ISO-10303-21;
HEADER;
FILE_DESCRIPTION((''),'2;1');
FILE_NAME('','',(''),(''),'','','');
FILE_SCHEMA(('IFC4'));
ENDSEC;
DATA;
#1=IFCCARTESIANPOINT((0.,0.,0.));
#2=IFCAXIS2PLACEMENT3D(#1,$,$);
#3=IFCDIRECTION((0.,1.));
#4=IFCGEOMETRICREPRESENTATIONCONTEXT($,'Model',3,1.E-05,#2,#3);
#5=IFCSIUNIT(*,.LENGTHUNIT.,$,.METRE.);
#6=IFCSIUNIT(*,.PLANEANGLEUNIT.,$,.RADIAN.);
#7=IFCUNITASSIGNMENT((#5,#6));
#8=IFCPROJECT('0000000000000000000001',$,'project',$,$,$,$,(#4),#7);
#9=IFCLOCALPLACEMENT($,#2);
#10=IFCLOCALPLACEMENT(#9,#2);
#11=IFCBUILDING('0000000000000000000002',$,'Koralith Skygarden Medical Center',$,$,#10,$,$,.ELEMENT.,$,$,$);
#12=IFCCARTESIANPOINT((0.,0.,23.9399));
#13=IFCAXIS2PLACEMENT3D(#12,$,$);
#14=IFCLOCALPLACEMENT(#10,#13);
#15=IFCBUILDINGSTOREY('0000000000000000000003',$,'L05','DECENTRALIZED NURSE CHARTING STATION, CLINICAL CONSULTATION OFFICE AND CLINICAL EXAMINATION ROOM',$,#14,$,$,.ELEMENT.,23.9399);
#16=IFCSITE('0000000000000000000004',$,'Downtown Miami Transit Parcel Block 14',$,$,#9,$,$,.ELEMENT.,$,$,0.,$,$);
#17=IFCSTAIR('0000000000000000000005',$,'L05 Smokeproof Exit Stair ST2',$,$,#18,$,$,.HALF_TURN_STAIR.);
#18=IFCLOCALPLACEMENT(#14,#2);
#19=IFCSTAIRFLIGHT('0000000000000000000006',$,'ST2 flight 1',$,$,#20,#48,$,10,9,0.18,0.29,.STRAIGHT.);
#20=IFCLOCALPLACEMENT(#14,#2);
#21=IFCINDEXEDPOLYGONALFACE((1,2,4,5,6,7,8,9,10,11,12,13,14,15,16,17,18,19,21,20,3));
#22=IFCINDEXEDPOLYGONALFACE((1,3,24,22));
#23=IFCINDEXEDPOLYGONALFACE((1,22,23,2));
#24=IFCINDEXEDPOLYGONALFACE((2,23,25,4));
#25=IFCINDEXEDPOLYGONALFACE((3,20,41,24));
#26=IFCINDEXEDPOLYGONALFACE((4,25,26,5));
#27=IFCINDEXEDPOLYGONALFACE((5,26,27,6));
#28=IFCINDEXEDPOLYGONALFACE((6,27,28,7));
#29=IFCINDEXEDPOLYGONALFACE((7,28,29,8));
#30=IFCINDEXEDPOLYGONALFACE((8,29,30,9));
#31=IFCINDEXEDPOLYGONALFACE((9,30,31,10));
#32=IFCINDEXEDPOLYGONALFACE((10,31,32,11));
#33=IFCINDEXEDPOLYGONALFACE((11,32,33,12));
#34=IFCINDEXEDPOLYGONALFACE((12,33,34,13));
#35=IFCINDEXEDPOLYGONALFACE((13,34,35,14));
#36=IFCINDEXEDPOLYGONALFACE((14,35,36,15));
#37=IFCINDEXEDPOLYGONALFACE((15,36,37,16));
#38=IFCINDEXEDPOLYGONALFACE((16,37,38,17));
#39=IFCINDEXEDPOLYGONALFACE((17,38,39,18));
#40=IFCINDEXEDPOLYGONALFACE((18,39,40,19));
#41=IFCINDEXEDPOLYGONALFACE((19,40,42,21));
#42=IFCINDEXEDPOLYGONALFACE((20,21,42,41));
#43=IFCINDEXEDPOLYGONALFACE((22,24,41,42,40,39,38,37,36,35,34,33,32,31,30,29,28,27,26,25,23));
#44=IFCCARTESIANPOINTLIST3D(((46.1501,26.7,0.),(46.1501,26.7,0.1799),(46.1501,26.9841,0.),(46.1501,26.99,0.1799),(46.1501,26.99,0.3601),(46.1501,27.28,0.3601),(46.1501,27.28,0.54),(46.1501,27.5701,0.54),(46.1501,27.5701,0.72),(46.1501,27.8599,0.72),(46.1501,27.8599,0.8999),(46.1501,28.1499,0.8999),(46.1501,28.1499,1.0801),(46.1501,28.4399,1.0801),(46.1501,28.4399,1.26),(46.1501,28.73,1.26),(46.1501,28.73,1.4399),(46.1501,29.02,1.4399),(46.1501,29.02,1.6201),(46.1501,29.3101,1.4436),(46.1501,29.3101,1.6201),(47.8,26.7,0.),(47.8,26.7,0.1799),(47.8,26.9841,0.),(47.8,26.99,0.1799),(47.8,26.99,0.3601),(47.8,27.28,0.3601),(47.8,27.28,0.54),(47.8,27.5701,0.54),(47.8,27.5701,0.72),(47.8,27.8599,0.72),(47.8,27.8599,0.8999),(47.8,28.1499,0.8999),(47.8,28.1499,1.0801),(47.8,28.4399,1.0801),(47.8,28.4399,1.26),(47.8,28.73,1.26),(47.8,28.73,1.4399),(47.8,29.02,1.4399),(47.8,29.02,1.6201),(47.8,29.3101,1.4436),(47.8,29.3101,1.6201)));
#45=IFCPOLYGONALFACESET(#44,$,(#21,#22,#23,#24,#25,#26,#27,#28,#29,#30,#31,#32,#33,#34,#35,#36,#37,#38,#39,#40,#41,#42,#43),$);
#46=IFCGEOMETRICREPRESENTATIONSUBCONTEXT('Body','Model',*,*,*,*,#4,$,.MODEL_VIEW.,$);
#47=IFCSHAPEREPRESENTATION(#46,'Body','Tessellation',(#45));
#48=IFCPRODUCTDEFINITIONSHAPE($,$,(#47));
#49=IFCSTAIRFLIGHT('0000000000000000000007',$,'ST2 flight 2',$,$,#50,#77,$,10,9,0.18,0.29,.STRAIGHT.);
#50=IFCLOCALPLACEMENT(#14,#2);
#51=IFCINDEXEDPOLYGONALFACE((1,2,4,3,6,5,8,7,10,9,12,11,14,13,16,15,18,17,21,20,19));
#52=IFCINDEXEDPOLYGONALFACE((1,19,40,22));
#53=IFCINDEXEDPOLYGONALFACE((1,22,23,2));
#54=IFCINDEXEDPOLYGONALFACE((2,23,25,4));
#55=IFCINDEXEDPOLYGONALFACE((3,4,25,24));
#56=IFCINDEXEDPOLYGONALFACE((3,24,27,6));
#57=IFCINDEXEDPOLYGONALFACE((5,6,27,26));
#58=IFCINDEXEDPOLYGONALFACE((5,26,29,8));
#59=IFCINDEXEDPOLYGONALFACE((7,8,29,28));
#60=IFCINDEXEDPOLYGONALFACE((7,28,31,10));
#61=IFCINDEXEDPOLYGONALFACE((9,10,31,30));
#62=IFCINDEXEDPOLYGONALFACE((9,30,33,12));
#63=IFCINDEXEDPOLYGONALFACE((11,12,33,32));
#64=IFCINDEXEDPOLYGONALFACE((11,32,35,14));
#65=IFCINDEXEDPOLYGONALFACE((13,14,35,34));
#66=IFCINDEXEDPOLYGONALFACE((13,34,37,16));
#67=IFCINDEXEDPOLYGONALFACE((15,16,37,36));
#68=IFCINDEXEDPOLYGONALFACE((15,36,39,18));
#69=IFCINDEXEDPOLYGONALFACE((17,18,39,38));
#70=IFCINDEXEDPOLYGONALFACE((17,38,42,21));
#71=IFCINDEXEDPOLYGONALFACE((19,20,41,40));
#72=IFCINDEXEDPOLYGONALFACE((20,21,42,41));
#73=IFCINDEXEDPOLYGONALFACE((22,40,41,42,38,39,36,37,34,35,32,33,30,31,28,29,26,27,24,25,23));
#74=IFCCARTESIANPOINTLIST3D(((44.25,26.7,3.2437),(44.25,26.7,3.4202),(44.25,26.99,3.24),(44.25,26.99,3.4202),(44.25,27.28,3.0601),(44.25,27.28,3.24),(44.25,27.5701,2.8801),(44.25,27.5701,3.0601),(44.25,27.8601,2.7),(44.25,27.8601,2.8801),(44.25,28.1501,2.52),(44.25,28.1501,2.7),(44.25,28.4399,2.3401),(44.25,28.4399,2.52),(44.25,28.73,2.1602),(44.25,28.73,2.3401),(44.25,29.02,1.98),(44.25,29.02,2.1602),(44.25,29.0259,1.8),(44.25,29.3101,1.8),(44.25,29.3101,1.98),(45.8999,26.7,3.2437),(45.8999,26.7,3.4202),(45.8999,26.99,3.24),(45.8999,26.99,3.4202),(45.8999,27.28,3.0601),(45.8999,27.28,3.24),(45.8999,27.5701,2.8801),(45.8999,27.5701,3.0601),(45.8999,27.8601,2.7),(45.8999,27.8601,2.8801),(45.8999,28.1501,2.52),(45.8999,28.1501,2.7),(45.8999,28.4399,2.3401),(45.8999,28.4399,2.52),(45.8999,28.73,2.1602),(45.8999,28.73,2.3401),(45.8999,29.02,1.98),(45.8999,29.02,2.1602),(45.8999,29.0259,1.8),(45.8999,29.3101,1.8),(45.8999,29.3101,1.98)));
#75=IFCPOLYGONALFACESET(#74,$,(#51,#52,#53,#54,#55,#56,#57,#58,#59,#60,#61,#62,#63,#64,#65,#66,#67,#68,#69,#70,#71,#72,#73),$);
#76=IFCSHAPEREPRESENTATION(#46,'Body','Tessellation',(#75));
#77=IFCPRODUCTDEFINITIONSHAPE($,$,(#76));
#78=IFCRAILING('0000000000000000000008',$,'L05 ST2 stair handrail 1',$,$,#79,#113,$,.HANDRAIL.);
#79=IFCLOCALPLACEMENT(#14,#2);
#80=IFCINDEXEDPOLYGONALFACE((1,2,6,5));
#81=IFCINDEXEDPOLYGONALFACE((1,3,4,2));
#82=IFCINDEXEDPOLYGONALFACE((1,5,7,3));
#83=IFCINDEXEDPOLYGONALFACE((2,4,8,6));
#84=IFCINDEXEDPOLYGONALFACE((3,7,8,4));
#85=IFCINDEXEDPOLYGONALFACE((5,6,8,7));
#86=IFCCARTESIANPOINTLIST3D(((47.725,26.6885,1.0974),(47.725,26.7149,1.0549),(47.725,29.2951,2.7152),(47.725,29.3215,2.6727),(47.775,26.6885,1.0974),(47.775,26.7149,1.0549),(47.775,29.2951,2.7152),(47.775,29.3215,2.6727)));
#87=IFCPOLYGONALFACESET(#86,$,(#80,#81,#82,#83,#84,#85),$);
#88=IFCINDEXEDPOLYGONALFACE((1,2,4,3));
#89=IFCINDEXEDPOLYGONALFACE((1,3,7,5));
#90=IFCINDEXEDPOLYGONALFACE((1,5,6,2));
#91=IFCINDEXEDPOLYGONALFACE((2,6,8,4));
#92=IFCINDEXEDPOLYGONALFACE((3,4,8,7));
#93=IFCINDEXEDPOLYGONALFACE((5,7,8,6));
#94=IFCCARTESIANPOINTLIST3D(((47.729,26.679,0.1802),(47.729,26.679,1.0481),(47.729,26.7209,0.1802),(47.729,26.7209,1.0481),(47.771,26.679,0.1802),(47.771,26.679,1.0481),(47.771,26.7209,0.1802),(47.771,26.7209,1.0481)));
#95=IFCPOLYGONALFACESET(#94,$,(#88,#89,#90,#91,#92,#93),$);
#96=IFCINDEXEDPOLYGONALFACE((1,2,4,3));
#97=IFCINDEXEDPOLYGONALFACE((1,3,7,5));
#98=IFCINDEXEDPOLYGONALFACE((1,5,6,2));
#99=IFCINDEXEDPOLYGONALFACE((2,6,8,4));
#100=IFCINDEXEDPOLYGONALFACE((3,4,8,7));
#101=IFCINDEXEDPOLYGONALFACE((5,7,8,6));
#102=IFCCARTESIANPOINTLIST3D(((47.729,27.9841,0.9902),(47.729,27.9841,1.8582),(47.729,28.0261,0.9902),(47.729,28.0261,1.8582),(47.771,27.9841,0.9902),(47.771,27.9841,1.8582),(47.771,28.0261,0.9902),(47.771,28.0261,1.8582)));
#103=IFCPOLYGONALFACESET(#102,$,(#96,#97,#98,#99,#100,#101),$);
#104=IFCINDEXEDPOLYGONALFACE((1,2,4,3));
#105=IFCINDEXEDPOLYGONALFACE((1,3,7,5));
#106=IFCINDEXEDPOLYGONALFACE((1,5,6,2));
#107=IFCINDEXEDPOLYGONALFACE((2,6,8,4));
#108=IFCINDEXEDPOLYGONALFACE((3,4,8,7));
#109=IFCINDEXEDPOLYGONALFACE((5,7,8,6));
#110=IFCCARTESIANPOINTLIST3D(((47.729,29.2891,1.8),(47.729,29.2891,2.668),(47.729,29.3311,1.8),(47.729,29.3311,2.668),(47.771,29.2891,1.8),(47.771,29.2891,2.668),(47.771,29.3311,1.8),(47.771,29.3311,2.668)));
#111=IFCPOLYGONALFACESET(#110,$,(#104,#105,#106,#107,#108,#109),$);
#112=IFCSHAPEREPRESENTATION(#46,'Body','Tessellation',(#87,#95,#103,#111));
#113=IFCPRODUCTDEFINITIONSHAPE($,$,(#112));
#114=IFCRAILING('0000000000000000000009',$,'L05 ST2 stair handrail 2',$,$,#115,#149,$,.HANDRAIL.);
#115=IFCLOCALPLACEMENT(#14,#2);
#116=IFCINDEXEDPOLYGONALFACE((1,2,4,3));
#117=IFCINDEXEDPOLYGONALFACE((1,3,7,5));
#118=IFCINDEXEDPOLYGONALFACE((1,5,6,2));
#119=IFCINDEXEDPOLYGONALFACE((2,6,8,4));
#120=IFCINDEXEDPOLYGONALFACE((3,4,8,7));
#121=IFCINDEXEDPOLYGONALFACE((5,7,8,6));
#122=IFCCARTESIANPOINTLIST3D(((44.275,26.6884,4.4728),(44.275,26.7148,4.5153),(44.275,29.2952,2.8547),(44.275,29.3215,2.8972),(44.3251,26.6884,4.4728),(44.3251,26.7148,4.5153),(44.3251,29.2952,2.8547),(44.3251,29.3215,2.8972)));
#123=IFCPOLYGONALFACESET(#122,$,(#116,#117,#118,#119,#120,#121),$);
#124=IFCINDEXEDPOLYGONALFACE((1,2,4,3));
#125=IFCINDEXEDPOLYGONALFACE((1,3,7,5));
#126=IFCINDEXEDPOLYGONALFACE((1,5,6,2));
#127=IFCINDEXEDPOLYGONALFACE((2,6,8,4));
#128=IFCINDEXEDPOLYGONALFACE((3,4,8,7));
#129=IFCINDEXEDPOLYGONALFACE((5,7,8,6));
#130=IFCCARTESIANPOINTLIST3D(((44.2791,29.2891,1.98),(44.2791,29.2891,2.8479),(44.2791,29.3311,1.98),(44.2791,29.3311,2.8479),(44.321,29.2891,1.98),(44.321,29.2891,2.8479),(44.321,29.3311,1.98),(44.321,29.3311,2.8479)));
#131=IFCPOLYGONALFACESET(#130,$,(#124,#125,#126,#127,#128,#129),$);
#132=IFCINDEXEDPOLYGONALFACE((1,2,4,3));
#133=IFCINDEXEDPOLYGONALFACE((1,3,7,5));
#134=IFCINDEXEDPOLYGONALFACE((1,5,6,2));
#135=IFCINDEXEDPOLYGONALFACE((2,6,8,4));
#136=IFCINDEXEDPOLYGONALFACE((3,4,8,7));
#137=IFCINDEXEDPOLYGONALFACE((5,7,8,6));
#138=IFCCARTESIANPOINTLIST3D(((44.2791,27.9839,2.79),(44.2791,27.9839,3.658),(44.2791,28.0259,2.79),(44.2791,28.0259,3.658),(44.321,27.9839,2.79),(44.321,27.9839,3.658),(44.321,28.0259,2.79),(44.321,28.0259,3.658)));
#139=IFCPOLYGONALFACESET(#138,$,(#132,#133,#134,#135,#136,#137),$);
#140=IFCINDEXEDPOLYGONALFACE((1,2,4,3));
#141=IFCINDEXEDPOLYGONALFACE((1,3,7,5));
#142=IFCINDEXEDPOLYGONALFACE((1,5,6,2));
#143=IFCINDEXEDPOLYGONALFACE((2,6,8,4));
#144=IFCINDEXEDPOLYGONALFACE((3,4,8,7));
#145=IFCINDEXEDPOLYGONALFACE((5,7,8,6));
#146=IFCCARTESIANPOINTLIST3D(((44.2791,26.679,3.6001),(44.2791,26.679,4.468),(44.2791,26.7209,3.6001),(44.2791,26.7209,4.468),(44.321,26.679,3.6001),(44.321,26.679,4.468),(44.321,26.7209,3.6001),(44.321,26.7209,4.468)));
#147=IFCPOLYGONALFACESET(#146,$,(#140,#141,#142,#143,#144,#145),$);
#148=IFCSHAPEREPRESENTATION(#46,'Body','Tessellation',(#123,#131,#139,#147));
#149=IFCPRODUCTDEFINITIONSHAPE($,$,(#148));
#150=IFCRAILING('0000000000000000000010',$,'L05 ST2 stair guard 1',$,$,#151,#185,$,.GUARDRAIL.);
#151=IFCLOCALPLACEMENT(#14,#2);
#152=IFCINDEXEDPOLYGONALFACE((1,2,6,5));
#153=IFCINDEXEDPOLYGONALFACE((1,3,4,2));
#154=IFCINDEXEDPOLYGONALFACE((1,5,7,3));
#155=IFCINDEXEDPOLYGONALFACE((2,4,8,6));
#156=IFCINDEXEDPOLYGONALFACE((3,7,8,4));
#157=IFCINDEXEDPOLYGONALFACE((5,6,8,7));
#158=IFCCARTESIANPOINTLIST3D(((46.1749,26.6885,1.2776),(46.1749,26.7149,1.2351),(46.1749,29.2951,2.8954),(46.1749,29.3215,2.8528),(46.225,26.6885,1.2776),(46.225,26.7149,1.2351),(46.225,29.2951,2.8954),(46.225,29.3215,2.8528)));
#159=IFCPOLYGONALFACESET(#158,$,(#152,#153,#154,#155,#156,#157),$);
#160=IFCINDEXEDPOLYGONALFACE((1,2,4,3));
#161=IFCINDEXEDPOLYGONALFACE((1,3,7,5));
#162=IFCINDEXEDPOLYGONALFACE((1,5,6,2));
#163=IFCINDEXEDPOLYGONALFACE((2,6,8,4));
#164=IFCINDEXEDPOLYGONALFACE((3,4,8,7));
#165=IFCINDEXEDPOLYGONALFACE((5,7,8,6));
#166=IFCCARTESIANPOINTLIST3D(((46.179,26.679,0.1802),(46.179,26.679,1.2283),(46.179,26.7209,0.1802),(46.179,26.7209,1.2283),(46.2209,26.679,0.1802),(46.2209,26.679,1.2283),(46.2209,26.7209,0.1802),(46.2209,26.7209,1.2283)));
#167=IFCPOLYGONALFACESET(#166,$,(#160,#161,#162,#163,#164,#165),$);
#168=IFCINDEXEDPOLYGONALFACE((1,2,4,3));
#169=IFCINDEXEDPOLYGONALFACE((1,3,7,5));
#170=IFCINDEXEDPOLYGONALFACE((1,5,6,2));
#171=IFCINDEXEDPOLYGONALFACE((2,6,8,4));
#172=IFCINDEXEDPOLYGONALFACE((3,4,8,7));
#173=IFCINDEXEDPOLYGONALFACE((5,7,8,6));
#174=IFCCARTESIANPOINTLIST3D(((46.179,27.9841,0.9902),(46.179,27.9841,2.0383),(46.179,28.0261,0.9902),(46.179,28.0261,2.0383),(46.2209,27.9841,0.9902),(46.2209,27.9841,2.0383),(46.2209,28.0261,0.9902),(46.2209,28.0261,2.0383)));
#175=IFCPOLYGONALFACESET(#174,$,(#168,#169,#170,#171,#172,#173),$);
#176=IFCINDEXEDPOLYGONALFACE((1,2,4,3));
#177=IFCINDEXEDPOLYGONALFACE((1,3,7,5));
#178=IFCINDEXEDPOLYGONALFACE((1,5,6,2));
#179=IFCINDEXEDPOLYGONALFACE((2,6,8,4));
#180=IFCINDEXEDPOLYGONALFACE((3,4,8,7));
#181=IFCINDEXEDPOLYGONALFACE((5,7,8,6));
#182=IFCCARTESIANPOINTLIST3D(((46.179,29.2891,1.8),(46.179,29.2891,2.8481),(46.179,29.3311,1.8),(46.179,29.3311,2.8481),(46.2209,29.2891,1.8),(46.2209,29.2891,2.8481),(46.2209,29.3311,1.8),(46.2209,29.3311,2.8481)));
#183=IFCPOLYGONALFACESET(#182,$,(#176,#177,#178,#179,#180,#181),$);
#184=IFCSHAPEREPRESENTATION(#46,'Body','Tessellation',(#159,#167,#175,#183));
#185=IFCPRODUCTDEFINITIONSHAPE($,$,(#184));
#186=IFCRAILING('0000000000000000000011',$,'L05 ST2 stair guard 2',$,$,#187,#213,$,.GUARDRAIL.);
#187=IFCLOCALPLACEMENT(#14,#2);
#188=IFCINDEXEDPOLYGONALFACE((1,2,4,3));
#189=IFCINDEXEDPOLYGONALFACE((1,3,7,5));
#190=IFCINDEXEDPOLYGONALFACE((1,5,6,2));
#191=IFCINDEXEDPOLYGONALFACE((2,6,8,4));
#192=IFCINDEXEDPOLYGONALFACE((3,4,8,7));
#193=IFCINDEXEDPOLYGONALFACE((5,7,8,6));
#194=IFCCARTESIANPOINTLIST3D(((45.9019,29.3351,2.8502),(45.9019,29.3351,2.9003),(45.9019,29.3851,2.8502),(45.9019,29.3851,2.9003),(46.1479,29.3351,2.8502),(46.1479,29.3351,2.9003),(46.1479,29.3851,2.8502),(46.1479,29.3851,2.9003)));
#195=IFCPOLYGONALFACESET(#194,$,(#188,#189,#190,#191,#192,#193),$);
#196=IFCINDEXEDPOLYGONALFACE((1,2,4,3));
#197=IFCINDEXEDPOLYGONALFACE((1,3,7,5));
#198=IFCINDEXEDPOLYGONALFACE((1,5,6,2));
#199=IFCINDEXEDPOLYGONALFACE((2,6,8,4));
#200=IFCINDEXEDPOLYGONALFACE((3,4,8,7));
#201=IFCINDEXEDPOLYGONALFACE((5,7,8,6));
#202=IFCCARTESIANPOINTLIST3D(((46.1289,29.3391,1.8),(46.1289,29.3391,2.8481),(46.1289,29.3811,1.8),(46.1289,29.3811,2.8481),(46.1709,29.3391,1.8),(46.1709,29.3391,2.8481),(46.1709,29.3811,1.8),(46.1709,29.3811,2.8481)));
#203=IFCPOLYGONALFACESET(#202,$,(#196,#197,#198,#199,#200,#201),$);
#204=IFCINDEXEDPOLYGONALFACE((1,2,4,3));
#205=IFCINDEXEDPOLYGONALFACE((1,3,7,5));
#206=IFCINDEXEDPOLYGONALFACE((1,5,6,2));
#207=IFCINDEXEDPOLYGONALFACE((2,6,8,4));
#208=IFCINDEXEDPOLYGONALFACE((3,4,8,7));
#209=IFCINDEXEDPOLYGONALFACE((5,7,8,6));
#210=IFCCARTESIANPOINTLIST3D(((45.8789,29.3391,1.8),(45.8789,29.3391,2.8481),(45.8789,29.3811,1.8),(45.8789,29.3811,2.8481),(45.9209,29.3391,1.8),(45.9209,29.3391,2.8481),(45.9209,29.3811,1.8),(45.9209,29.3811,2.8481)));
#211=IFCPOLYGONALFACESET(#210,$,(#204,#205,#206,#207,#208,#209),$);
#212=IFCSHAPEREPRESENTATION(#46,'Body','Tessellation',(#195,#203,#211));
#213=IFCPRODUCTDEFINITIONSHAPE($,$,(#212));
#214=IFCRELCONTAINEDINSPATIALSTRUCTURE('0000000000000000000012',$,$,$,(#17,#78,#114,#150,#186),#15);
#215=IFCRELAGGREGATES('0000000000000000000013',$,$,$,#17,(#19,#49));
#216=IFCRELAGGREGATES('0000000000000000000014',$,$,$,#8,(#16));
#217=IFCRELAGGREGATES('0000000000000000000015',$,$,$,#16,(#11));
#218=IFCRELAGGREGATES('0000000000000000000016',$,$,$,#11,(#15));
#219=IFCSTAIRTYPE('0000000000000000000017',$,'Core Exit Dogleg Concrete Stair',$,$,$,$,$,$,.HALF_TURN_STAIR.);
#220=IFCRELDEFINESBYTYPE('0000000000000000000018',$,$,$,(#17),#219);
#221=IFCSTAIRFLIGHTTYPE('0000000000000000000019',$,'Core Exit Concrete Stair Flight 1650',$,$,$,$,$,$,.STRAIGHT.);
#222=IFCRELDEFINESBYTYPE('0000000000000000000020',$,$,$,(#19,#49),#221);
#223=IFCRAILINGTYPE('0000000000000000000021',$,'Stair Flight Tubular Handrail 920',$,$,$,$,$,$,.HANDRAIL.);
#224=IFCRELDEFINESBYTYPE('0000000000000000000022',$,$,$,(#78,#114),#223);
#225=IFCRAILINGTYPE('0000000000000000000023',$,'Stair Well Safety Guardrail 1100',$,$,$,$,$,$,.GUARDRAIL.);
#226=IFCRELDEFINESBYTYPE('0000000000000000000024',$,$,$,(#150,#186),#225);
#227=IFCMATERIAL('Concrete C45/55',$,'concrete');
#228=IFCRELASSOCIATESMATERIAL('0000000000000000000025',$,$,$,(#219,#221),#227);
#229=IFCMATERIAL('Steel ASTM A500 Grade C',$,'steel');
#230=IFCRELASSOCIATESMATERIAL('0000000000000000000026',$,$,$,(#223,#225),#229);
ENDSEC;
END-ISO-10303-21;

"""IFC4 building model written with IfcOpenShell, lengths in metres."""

from ifc_helpers import new_model, si_unit, direction, frame, origin, origin_2d, place, context, subcontext, project, spatial, polyline, rectangle, outline, extrude, material, type_object, element, aggregate, save


model = new_model("IFC4")

# Units and contexts
model_context = context("Model", 3, precision=1e-05, world=origin(), true_north=direction((0.0, 1.0)))
body_context = subcontext(model_context, "Body", "Model", "MODEL_VIEW")
ifc_project = project(units=[si_unit("LENGTHUNIT", "METRE"), si_unit("PLANEANGLEUNIT", "RADIAN")], contexts=[model_context])

# Site, building, storey
site_placement = place(None, origin())
site = spatial("IfcSite", under=ifc_project, at=site_placement, Name="Downtown Miami Transit Parcel Block 14", CompositionType="ELEMENT", RefElevation=0.0)
building_placement = place(site_placement, origin())
building = spatial("IfcBuilding", under=site, at=building_placement, Name="Koralith Skygarden Medical Center", CompositionType="ELEMENT")
storey_placement = place(building_placement, frame((0.0, 0.0, 23.9399)))
storey = spatial("IfcBuildingStorey", under=building, at=storey_placement, Name="L05", Description="DECENTRALIZED NURSE CHARTING STATION, CLINICAL CONSULTATION OFFICE AND CLINICAL EXAMINATION ROOM", CompositionType="ELEMENT", Elevation=23.9399)

# Shared definitions
ifc_material_1 = material(Name="Concrete C45/55", Category="concrete")

# Shared definitions
ifc_material_2 = material(Name="Steel ASTM A500 Grade C", Category="steel")

# Stair, stair flights
stair_type = type_object("IfcStairType", Name="Core Exit Dogleg Concrete Stair", PredefinedType="HALF_TURN_STAIR", material=ifc_material_1)
stair_placement = place(storey_placement, origin())
stair = element("IfcStair", 1, at=stair_placement, inside=storey, type_object=stair_type, Name="L05 Smokeproof Exit Stair ST2", PredefinedType="HALF_TURN_STAIR")
stair_flight_type = type_object("IfcStairFlightType", Name="Core Exit Concrete Stair Flight 1650", PredefinedType="STRAIGHT", material=ifc_material_1)
stair_flight_1_placement = place(storey_placement, frame((46.9751, 26.7, 0.0), z_axis=(0.0, 0.0, 1.0), x_axis=(0.0, 1.0, 0.0)))
stair_flight_1 = element("IfcStairFlight", 2, at=stair_flight_1_placement, type_object=stair_flight_type, Name="ST2 flight 1", NumberOfRisers=10, NumberOfTreads=9, PredefinedType="STRAIGHT", RiserHeight=0.18, TreadLength=0.29, context=body_context, shape_type="SweptSolid", body=[
    extrude(outline(polyline([(0.0, 0.0), (0.0, 0.1799), (0.29, 0.1799), (0.29, 0.3601), (0.5801, 0.3601), (0.5801, 0.54), (0.8701, 0.54), (0.8701, 0.72), (1.1599, 0.72), (1.1599, 0.8999), (1.45, 0.8999), (1.45, 1.0801), (1.74, 1.0801), (1.74, 1.26), (2.03, 1.26), (2.03, 1.4399), (2.3201, 1.4399), (2.3201, 1.6201), (2.6101, 1.6201), (2.6101, 1.8), (2.6101, 1.4436), (0.2842, 0.0), (0.0, 0.0)])), frame((0.0, 0.825, 0.0), z_axis=(0.0, -1.0, 0.0), x_axis=(1.0, 0.0, 0.0)), (0.0, 0.0, 1.0), 1.6499),
])
stair_flight_2_placement = place(storey_placement, frame((45.075, 29.3101, 1.8), z_axis=(0.0, 0.0, 1.0), x_axis=(0.0, -1.0, 0.0)))
stair_flight_2 = element("IfcStairFlight", 3, at=stair_flight_2_placement, type_object=stair_flight_type, Name="ST2 flight 2", NumberOfRisers=10, NumberOfTreads=9, PredefinedType="STRAIGHT", RiserHeight=0.18, TreadLength=0.29, context=body_context, shape_type="SweptSolid", body=[
    extrude(outline(polyline([(0.0, 0.0), (0.0, 0.1799), (0.29, 0.1799), (0.29, 0.3601), (0.5801, 0.3601), (0.5801, 0.54), (0.8701, 0.54), (0.8701, 0.72), (1.1599, 0.72), (1.1599, 0.8999), (1.45, 0.8999), (1.45, 1.0801), (1.74, 1.0801), (1.74, 1.26), (2.03, 1.26), (2.03, 1.4399), (2.3201, 1.4399), (2.3201, 1.6201), (2.6101, 1.6201), (2.6101, 1.8), (2.6101, 1.4436), (0.2842, 0.0), (0.0, 0.0)])), frame((0.0, 0.825, 0.0), z_axis=(0.0, -1.0, 0.0), x_axis=(1.0, 0.0, 0.0)), (0.0, 0.0, 1.0), 1.6499),
])
aggregate(stair, [stair_flight_1, stair_flight_2])

# Railings
railing_type_1 = type_object("IfcRailingType", Name="Stair Flight Tubular Handrail 920", PredefinedType="HANDRAIL", material=ifc_material_2)
railing_1_placement = place(storey_placement, frame((47.75, 26.7, 0.1802)))
element("IfcRailing", 4, at=railing_1_placement, inside=storey, type_object=railing_type_1, Name="L05 ST2 stair handrail 1", PredefinedType="HANDRAIL", context=body_context, shape_type="SweptSolid", body=[
    extrude(rectangle(XDim=0.05, YDim=0.05, at=origin_2d()), frame((0.0, 0.0017, 0.896), z_axis=(0.0, 0.849668, 0.527317), x_axis=(-1.0, 0.0, 0.0)), (0.0, 0.0, 1.0), 3.0679),
    extrude(rectangle(XDim=0.042, YDim=0.042, at=origin_2d()), origin(), (0.0, 0.0, 1.0), 0.8679),
    extrude(rectangle(XDim=0.042, YDim=0.042, at=origin_2d()), frame((0.0, 1.3052, 0.8101)), (0.0, 0.0, 1.0), 0.8679),
    extrude(rectangle(XDim=0.042, YDim=0.042, at=origin_2d()), frame((0.0, 2.6101, 1.6199)), (0.0, 0.0, 1.0), 0.8679),
])
railing_2_placement = place(storey_placement, frame((44.3, 29.3101, 1.98)))
element("IfcRailing", 5, at=railing_2_placement, inside=storey, type_object=railing_type_1, Name="L05 ST2 stair handrail 2", PredefinedType="HANDRAIL", context=body_context, shape_type="SweptSolid", body=[
    extrude(rectangle(XDim=0.05, YDim=0.05, at=origin_2d()), frame((0.0, -0.0017, 0.896), z_axis=(0.0, -0.849633, 0.527375), x_axis=(1.0, 0.0, 0.0)), (0.0, 0.0, 1.0), 3.0681),
    extrude(rectangle(XDim=0.042, YDim=0.042, at=origin_2d()), origin(), (0.0, 0.0, 1.0), 0.8679),
    extrude(rectangle(XDim=0.042, YDim=0.042, at=origin_2d()), frame((0.0, -1.3052, 0.8101)), (0.0, 0.0, 1.0), 0.8679),
    extrude(rectangle(XDim=0.042, YDim=0.042, at=origin_2d()), frame((0.0, -2.6101, 1.6201)), (0.0, 0.0, 1.0), 0.8679),
])
railing_type_2 = type_object("IfcRailingType", Name="Stair Well Safety Guardrail 1100", PredefinedType="GUARDRAIL", material=ifc_material_2)
railing_3_placement = place(storey_placement, frame((46.2, 26.7, 0.1802)))
element("IfcRailing", 6, at=railing_3_placement, inside=storey, type_object=railing_type_2, Name="L05 ST2 stair guard 1", PredefinedType="GUARDRAIL", context=body_context, shape_type="SweptSolid", body=[
    extrude(rectangle(XDim=0.05, YDim=0.05, at=origin_2d()), frame((0.0, 0.0017, 1.0762), z_axis=(0.0, 0.849668, 0.527317), x_axis=(-1.0, 0.0, 0.0)), (0.0, 0.0, 1.0), 3.0679),
    extrude(rectangle(XDim=0.042, YDim=0.042, at=origin_2d()), origin(), (0.0, 0.0, 1.0), 1.0481),
    extrude(rectangle(XDim=0.042, YDim=0.042, at=origin_2d()), frame((0.0, 1.3052, 0.8101)), (0.0, 0.0, 1.0), 1.0481),
    extrude(rectangle(XDim=0.042, YDim=0.042, at=origin_2d()), frame((0.0, 2.6101, 1.6199)), (0.0, 0.0, 1.0), 1.0481),
])
railing_4_placement = place(storey_placement, frame((46.1499, 29.3601, 1.8)))
element("IfcRailing", 7, at=railing_4_placement, inside=storey, type_object=railing_type_2, Name="L05 ST2 stair guard 2", PredefinedType="GUARDRAIL", context=body_context, shape_type="SweptSolid", body=[
    extrude(rectangle(XDim=0.05, YDim=0.05, at=origin_2d()), frame((-0.002, 0.0, 1.0752), z_axis=(-1.0, 0.0, 0.0), x_axis=(0.0, -1.0, 0.0)), (0.0, 0.0, 1.0), 0.2461),
    extrude(rectangle(XDim=0.042, YDim=0.042, at=origin_2d()), origin(), (0.0, 0.0, 1.0), 1.0481),
    extrude(rectangle(XDim=0.042, YDim=0.042, at=origin_2d()), frame((-0.25, 0.0, 0.0)), (0.0, 0.0, 1.0), 1.0481),
])

save(model, "model.ifc")
